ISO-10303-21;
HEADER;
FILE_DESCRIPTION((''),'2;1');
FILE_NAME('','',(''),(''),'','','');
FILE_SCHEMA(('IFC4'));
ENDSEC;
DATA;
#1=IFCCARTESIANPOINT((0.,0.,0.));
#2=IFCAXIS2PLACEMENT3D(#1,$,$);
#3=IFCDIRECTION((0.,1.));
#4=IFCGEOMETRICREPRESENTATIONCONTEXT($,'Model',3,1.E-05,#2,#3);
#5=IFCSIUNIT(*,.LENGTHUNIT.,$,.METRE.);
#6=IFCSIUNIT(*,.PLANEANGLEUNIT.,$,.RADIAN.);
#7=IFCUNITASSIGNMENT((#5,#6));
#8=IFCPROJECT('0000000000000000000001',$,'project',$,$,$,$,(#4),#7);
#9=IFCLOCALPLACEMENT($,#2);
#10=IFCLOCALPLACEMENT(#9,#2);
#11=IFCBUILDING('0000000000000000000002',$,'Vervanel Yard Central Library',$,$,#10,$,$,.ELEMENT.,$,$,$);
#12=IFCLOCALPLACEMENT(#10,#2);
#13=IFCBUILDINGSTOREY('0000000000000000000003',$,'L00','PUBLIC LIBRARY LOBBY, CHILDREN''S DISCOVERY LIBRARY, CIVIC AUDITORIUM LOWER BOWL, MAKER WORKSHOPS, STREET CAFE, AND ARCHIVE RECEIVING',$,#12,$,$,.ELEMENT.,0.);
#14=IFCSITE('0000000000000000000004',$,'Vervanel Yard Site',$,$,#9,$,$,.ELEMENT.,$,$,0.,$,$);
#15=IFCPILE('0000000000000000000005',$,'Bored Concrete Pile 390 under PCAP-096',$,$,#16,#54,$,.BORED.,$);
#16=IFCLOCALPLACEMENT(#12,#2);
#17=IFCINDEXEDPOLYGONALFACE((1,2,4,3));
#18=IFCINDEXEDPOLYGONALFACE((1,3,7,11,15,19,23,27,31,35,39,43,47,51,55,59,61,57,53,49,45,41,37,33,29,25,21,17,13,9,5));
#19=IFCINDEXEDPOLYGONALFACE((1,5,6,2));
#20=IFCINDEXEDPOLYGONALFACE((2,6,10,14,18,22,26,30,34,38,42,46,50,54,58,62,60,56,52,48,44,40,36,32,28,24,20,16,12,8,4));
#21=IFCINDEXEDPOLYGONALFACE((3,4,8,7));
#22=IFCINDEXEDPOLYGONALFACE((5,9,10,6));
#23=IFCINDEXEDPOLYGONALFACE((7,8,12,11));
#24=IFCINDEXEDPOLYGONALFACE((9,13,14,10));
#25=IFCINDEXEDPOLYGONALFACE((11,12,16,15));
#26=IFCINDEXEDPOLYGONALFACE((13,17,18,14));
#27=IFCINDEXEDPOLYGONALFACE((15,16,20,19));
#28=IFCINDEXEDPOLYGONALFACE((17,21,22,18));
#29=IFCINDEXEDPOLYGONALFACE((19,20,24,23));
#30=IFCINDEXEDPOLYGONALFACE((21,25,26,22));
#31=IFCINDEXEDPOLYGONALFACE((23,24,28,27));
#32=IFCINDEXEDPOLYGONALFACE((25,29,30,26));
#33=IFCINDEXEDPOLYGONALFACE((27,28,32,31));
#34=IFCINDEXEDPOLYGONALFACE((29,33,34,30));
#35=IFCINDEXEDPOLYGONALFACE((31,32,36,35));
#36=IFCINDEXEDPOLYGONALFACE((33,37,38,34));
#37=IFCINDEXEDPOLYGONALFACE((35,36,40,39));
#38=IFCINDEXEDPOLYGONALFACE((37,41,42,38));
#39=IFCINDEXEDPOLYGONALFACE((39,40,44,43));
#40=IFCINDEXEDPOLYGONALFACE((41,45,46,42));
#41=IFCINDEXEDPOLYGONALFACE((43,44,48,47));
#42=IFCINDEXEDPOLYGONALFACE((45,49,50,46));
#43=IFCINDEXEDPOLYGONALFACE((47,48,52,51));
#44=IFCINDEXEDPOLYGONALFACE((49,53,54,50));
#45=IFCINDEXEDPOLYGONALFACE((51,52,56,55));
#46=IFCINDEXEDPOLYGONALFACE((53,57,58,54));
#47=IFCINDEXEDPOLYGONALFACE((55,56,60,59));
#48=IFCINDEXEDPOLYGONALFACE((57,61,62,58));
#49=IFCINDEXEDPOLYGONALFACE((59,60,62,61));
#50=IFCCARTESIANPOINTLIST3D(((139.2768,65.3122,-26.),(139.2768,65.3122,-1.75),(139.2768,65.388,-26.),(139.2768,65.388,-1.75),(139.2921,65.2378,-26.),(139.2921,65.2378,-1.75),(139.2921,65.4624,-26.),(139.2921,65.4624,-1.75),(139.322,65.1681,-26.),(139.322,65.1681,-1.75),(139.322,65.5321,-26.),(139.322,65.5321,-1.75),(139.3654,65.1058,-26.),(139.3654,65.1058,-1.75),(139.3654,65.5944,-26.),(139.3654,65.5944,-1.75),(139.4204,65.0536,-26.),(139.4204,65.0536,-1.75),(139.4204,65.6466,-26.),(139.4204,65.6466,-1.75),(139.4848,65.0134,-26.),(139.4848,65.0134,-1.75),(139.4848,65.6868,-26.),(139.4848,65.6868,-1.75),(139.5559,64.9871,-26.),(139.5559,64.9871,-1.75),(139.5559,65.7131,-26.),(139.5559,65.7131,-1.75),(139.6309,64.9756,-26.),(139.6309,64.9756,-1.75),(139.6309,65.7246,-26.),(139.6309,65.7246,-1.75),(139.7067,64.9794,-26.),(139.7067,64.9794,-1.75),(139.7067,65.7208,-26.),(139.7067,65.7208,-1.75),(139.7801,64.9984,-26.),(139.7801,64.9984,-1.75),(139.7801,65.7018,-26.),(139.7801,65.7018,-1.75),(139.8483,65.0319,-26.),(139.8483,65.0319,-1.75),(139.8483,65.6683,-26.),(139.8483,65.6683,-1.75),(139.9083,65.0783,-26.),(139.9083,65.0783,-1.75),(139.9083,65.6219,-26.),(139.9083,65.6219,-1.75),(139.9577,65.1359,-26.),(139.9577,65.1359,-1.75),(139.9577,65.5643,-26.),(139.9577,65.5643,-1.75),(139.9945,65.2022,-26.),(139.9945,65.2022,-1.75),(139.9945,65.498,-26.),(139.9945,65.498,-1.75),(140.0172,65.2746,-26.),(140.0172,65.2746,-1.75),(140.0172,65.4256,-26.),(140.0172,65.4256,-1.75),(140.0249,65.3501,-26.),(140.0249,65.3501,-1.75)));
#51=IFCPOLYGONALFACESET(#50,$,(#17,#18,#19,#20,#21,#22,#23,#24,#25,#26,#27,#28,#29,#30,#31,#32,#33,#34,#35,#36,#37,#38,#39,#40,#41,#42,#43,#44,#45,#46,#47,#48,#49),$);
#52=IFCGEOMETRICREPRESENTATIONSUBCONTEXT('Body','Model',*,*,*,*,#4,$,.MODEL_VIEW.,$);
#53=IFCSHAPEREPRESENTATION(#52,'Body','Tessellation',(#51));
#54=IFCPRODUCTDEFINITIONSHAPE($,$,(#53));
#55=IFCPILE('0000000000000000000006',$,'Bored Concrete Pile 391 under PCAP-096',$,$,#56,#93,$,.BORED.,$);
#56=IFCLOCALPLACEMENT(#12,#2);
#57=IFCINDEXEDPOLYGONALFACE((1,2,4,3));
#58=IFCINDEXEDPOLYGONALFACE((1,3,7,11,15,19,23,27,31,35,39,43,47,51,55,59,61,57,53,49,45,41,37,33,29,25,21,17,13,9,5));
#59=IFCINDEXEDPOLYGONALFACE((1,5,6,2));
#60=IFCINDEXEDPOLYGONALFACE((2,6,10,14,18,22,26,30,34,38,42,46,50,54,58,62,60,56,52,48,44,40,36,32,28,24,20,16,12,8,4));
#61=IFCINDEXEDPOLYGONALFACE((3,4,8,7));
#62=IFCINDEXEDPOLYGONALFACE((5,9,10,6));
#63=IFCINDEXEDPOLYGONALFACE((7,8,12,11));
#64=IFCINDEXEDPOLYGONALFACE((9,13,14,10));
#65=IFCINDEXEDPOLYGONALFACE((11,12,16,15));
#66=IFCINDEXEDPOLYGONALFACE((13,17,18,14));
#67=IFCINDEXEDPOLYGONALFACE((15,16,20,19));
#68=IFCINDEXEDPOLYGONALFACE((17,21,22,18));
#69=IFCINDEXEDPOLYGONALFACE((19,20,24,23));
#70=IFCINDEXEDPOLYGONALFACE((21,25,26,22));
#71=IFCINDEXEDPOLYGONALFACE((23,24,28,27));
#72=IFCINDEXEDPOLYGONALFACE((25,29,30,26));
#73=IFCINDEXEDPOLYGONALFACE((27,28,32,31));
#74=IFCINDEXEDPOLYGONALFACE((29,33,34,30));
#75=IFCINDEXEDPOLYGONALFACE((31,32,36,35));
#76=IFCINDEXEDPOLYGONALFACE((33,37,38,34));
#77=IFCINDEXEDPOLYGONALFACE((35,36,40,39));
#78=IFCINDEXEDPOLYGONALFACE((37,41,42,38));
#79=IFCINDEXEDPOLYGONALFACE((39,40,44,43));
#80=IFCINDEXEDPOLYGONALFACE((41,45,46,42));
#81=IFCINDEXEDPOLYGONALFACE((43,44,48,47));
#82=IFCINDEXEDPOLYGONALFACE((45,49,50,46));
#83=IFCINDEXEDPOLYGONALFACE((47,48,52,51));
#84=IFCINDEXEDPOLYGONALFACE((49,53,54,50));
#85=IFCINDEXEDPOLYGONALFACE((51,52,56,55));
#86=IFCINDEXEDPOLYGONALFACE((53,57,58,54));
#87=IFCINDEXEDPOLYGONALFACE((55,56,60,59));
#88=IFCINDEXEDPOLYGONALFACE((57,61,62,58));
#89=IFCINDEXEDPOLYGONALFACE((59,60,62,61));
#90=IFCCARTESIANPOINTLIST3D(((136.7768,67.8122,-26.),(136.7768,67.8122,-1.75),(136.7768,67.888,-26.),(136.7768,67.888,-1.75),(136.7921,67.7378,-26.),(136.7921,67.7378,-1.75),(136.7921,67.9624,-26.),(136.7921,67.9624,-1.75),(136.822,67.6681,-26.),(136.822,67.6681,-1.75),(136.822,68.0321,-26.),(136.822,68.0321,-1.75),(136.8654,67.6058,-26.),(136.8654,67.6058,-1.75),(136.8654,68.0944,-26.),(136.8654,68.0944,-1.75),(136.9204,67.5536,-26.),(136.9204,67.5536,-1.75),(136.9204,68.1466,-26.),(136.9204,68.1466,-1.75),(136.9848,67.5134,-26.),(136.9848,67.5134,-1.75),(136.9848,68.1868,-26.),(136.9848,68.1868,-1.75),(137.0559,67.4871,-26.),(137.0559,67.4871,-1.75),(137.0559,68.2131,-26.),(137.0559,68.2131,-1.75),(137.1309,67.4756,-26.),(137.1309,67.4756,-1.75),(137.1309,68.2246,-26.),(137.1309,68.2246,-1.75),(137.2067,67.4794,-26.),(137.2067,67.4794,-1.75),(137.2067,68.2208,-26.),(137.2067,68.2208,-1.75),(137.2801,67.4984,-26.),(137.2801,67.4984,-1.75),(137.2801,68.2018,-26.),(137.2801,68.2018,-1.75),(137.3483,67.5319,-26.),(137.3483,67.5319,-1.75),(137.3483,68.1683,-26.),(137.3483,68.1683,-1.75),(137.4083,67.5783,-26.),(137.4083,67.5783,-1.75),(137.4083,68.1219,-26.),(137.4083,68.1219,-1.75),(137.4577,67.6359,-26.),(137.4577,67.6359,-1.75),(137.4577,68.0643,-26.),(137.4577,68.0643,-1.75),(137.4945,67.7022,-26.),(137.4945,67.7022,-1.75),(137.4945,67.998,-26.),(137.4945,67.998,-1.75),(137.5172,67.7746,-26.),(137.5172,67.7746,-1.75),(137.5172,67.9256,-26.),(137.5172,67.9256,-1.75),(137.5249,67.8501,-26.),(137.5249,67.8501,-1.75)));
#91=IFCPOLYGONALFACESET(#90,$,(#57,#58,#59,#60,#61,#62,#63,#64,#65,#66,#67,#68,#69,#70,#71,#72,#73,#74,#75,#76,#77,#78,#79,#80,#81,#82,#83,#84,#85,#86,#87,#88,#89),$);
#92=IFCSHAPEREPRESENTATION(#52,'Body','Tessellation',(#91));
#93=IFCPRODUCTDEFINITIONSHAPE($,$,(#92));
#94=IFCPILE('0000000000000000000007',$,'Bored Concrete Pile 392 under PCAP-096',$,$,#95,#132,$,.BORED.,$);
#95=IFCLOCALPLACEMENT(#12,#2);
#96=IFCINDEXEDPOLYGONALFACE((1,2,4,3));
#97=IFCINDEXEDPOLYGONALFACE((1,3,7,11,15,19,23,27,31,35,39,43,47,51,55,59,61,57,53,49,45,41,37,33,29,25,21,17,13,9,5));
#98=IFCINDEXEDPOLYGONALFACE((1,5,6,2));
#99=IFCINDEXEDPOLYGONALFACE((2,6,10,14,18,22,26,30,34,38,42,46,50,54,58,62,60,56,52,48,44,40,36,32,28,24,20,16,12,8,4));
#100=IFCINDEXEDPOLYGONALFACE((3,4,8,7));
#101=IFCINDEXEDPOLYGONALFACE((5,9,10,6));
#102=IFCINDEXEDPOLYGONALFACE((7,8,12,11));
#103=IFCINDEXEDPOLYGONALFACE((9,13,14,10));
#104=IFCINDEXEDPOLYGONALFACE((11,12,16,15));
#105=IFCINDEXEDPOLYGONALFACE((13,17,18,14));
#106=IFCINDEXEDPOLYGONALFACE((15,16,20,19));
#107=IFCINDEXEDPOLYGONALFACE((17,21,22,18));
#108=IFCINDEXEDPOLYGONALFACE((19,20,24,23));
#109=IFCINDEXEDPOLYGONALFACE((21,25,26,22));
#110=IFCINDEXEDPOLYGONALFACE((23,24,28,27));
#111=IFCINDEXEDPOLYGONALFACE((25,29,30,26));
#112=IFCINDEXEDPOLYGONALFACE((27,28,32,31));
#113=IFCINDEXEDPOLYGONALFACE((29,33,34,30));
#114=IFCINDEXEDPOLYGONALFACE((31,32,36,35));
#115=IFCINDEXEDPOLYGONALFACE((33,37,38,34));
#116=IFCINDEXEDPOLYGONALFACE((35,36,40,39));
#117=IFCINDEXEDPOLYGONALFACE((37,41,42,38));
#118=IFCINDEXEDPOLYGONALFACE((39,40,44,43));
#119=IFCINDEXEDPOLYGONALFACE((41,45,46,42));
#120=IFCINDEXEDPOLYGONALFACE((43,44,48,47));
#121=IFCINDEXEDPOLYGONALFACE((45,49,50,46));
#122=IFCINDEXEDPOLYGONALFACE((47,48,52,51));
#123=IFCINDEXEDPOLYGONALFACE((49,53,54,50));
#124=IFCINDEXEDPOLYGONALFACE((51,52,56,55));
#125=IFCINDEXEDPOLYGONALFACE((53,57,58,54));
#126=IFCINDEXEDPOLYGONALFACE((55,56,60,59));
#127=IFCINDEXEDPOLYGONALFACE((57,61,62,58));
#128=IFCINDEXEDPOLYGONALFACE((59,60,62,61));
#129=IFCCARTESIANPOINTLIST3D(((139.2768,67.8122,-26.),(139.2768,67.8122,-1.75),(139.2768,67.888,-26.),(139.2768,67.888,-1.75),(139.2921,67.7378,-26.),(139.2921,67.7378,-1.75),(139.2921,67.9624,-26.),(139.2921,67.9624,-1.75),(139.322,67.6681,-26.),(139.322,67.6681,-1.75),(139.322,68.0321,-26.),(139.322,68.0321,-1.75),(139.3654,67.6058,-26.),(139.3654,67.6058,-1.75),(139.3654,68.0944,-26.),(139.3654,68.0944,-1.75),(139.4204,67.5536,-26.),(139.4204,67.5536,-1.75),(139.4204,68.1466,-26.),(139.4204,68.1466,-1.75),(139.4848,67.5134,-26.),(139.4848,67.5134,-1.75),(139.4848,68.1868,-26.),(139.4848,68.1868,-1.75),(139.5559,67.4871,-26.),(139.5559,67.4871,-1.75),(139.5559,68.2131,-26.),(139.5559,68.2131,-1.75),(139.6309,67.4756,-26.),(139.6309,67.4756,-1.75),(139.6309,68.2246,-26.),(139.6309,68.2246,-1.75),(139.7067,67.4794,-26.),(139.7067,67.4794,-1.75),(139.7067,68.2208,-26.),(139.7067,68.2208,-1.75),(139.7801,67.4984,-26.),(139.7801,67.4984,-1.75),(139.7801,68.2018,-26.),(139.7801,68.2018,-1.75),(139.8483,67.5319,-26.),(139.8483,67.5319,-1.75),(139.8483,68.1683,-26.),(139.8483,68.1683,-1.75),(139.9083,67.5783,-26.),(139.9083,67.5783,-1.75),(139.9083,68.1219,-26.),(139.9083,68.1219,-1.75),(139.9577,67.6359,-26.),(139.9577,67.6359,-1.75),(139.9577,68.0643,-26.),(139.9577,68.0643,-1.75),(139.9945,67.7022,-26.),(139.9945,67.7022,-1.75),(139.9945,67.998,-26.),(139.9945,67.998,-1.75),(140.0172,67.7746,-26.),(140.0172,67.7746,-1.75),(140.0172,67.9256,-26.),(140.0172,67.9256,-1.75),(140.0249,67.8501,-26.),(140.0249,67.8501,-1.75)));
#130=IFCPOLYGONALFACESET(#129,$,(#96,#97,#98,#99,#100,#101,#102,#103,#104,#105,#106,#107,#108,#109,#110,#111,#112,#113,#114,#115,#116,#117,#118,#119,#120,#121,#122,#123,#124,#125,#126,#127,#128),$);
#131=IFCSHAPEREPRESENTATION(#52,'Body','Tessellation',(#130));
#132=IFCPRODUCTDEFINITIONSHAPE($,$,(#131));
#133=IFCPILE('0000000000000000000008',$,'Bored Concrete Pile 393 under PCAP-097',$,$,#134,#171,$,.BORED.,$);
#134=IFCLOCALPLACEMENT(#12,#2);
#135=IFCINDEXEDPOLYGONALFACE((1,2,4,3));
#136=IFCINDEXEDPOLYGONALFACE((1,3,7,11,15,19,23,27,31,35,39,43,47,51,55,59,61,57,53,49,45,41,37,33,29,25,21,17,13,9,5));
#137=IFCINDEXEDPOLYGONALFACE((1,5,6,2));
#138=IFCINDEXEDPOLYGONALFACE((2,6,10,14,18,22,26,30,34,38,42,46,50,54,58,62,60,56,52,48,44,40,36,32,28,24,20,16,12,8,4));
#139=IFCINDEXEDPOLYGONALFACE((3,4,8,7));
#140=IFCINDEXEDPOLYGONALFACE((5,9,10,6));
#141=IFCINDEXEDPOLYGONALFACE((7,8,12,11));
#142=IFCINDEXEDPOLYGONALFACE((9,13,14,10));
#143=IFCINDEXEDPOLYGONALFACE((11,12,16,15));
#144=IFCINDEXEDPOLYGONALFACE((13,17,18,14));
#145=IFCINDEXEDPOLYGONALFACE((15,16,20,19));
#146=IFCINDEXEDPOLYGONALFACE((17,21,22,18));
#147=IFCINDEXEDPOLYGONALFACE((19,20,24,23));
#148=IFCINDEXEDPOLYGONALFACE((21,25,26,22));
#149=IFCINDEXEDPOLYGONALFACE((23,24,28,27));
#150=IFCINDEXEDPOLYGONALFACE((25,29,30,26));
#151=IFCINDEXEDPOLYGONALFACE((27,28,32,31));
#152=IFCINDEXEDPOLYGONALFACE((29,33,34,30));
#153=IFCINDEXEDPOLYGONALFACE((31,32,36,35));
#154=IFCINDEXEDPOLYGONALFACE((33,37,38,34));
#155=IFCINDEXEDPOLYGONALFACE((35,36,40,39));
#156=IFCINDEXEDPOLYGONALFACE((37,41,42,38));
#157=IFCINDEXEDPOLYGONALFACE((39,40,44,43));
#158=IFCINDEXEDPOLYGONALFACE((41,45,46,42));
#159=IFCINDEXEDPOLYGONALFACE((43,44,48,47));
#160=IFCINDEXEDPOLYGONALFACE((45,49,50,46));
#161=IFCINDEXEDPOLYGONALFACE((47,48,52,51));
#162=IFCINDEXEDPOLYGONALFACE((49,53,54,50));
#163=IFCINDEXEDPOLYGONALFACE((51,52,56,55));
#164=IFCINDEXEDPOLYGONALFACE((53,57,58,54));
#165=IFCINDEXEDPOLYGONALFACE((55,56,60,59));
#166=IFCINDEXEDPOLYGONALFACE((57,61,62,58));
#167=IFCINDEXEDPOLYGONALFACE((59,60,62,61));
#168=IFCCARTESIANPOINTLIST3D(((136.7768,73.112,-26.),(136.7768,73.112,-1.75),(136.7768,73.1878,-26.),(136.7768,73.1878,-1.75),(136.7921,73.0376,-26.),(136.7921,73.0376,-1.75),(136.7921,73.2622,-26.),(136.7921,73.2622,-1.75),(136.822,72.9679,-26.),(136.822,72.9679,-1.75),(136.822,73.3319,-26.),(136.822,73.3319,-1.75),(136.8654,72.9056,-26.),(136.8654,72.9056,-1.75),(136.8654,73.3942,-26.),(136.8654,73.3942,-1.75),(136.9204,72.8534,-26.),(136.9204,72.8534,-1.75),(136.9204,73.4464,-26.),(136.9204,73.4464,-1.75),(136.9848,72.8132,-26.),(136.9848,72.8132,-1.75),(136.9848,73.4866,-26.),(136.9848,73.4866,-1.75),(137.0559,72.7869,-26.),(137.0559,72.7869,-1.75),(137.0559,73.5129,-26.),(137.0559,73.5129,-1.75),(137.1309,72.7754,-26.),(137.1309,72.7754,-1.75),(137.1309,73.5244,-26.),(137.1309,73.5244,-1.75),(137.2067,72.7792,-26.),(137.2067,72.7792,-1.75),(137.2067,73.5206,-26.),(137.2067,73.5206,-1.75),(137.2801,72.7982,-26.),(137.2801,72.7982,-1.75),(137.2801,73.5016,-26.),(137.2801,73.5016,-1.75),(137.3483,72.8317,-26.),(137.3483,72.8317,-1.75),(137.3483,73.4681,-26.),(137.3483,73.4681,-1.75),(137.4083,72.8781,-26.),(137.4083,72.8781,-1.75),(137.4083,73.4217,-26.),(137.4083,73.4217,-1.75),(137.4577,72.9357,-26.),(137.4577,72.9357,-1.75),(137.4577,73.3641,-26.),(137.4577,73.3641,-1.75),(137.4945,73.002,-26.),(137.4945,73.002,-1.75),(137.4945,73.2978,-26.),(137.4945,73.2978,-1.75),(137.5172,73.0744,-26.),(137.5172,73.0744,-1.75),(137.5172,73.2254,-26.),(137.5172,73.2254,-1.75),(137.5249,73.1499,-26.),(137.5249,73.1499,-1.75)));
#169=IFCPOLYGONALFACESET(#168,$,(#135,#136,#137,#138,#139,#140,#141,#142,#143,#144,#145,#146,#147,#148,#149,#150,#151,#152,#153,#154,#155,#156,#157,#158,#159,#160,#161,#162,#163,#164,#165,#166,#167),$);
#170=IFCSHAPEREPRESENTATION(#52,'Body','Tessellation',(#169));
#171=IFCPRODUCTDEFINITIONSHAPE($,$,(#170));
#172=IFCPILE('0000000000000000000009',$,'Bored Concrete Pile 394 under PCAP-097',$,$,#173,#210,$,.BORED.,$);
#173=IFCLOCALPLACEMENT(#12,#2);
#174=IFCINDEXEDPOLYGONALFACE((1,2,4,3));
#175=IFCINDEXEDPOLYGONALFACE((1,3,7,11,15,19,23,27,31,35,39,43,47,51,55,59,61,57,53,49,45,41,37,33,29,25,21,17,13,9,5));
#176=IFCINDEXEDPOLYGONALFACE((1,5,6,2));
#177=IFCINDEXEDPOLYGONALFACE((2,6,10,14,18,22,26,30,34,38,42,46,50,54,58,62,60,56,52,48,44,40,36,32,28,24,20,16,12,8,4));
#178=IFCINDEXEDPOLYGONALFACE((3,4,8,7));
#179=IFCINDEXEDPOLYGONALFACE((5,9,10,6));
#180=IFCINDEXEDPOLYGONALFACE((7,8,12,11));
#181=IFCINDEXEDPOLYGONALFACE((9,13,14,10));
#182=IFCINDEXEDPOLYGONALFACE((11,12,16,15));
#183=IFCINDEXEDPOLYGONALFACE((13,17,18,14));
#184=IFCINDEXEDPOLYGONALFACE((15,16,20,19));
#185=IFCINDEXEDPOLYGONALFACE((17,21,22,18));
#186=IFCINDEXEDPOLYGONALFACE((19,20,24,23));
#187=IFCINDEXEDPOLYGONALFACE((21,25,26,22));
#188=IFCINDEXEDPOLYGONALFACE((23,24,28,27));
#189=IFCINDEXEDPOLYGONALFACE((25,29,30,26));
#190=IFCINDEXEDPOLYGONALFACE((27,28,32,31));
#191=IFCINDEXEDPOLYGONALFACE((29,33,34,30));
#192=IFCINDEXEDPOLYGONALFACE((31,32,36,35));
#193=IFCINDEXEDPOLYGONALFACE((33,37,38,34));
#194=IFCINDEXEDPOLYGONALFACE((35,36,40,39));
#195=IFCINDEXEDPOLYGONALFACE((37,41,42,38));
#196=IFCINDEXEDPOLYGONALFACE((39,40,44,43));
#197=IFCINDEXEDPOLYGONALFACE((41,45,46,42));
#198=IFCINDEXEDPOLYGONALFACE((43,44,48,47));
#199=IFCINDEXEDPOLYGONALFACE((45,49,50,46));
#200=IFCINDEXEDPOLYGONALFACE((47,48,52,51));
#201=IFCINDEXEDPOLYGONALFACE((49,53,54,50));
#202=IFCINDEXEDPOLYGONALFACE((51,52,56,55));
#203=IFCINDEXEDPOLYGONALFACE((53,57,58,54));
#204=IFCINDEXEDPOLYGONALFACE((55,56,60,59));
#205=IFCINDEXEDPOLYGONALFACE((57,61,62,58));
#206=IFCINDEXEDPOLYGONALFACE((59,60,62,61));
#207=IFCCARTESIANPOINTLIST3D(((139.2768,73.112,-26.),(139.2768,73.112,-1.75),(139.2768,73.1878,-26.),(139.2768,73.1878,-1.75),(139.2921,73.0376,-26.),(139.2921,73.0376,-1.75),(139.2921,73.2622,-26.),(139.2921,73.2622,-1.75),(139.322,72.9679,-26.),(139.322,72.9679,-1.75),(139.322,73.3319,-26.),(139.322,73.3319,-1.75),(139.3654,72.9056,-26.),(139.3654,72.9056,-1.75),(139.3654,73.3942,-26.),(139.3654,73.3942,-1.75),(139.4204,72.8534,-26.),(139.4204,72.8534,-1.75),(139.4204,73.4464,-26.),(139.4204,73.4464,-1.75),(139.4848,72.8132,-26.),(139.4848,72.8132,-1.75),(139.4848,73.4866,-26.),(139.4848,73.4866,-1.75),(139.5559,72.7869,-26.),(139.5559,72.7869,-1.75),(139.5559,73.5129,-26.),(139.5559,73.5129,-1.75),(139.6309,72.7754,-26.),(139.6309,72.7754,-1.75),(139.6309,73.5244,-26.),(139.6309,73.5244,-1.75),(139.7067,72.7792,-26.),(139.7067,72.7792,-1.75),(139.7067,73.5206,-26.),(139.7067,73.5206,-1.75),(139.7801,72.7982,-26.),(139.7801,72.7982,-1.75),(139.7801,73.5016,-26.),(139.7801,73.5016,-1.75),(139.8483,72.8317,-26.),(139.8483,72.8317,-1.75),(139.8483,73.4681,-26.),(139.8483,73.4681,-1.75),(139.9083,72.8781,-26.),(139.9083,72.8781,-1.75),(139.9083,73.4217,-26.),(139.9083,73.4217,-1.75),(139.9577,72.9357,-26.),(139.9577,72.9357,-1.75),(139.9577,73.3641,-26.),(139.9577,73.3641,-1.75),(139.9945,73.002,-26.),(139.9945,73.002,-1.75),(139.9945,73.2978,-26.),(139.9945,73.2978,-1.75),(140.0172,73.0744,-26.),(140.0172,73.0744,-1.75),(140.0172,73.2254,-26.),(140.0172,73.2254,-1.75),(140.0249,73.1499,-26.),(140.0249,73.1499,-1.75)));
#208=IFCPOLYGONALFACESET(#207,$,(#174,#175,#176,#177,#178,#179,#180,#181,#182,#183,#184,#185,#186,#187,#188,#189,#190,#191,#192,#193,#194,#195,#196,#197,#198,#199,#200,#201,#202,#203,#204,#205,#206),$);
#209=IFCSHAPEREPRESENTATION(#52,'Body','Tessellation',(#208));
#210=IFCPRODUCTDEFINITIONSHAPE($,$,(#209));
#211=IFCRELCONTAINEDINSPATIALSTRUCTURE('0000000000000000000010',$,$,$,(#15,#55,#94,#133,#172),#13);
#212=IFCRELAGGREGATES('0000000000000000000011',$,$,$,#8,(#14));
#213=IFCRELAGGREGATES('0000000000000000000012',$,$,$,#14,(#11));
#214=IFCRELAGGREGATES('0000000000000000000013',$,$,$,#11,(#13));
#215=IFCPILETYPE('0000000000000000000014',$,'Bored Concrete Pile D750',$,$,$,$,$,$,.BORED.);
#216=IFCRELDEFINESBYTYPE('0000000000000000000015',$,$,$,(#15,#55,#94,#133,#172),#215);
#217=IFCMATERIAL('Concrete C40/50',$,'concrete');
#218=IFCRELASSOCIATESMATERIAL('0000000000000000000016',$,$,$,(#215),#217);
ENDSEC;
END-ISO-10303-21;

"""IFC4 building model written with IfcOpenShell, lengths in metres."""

from ifc_helpers import new_model, si_unit, direction, frame, origin, origin_2d, place, context, subcontext, project, spatial, circle, extrude, material, material_profile, profile_set, type_object, element, save


model = new_model("IFC4")

# Units and contexts
model_context = context("Model", 3, precision=1e-05, world=origin(), true_north=direction((0.0, 1.0)))
body_context = subcontext(model_context, "Body", "Model", "MODEL_VIEW")
ifc_project = project(units=[si_unit("LENGTHUNIT", "METRE"), si_unit("PLANEANGLEUNIT", "RADIAN")], contexts=[model_context])

# Site, building, storey
site_placement = place(None, origin())
site = spatial("IfcSite", under=ifc_project, at=site_placement, Name="Vervanel Yard Site", CompositionType="ELEMENT", RefElevation=0.0)
building_placement = place(site_placement, origin())
building = spatial("IfcBuilding", under=site, at=building_placement, Name="Vervanel Yard Central Library", CompositionType="ELEMENT")
storey_placement = place(building_placement, origin())
storey = spatial("IfcBuildingStorey", under=building, at=storey_placement, Name="L00", Description="PUBLIC LIBRARY LOBBY, CHILDREN'S DISCOVERY LIBRARY, CIVIC AUDITORIUM LOWER BOWL, MAKER WORKSHOPS, STREET CAFE, AND ARCHIVE RECEIVING", CompositionType="ELEMENT", Elevation=0.0)

# Piles
ifc_material_1 = material(Name="Concrete C40/50", Category="concrete")
ifc_material_profile_1 = material_profile(ifc_material_1, circle(Radius=0.375, at=origin_2d()), Name="BP D750", Category="concrete")
ifc_profile_set_1 = profile_set([ifc_material_profile_1], Name="Concrete C40/50")
pile_type = type_object("IfcPileType", Name="Bored Concrete Pile D750", PredefinedType="BORED", material=ifc_profile_set_1)
for number, where, z_axis, x_axis, name in (
    (1, (139.6499, 65.3501, -1.75), (0.0, 0.0, -1.0), (1.0, 0.0, 0.0), "Bored Concrete Pile 390 under PCAP-096"),
    (2, (137.1499, 67.8501, -1.75), (0.0, 0.0, -1.0), (1.0, 0.0, 0.0), "Bored Concrete Pile 391 under PCAP-096"),
    (3, (139.6499, 67.8501, -1.75), (0.0, 0.0, -1.0), (1.0, 0.0, 0.0), "Bored Concrete Pile 392 under PCAP-096"),
    (4, (137.1499, 73.1499, -1.75), (0.0, 0.0, -1.0), (1.0, 0.0, 0.0), "Bored Concrete Pile 393 under PCAP-097"),
    (5, (139.6499, 73.1499, -1.75), (0.0, 0.0, -1.0), (1.0, 0.0, 0.0), "Bored Concrete Pile 394 under PCAP-097"),
):
    element("IfcPile", number, at=place(storey_placement, frame(where, z_axis=z_axis, x_axis=x_axis)), inside=storey, type_object=pile_type, Name=name, PredefinedType="BORED", context=body_context, shape_type="SweptSolid", body=[
        extrude(circle(Radius=0.375, at=origin_2d()), origin(), (0.0, 0.0, 1.0), 24.25),
    ])

save(model, "model.ifc")
